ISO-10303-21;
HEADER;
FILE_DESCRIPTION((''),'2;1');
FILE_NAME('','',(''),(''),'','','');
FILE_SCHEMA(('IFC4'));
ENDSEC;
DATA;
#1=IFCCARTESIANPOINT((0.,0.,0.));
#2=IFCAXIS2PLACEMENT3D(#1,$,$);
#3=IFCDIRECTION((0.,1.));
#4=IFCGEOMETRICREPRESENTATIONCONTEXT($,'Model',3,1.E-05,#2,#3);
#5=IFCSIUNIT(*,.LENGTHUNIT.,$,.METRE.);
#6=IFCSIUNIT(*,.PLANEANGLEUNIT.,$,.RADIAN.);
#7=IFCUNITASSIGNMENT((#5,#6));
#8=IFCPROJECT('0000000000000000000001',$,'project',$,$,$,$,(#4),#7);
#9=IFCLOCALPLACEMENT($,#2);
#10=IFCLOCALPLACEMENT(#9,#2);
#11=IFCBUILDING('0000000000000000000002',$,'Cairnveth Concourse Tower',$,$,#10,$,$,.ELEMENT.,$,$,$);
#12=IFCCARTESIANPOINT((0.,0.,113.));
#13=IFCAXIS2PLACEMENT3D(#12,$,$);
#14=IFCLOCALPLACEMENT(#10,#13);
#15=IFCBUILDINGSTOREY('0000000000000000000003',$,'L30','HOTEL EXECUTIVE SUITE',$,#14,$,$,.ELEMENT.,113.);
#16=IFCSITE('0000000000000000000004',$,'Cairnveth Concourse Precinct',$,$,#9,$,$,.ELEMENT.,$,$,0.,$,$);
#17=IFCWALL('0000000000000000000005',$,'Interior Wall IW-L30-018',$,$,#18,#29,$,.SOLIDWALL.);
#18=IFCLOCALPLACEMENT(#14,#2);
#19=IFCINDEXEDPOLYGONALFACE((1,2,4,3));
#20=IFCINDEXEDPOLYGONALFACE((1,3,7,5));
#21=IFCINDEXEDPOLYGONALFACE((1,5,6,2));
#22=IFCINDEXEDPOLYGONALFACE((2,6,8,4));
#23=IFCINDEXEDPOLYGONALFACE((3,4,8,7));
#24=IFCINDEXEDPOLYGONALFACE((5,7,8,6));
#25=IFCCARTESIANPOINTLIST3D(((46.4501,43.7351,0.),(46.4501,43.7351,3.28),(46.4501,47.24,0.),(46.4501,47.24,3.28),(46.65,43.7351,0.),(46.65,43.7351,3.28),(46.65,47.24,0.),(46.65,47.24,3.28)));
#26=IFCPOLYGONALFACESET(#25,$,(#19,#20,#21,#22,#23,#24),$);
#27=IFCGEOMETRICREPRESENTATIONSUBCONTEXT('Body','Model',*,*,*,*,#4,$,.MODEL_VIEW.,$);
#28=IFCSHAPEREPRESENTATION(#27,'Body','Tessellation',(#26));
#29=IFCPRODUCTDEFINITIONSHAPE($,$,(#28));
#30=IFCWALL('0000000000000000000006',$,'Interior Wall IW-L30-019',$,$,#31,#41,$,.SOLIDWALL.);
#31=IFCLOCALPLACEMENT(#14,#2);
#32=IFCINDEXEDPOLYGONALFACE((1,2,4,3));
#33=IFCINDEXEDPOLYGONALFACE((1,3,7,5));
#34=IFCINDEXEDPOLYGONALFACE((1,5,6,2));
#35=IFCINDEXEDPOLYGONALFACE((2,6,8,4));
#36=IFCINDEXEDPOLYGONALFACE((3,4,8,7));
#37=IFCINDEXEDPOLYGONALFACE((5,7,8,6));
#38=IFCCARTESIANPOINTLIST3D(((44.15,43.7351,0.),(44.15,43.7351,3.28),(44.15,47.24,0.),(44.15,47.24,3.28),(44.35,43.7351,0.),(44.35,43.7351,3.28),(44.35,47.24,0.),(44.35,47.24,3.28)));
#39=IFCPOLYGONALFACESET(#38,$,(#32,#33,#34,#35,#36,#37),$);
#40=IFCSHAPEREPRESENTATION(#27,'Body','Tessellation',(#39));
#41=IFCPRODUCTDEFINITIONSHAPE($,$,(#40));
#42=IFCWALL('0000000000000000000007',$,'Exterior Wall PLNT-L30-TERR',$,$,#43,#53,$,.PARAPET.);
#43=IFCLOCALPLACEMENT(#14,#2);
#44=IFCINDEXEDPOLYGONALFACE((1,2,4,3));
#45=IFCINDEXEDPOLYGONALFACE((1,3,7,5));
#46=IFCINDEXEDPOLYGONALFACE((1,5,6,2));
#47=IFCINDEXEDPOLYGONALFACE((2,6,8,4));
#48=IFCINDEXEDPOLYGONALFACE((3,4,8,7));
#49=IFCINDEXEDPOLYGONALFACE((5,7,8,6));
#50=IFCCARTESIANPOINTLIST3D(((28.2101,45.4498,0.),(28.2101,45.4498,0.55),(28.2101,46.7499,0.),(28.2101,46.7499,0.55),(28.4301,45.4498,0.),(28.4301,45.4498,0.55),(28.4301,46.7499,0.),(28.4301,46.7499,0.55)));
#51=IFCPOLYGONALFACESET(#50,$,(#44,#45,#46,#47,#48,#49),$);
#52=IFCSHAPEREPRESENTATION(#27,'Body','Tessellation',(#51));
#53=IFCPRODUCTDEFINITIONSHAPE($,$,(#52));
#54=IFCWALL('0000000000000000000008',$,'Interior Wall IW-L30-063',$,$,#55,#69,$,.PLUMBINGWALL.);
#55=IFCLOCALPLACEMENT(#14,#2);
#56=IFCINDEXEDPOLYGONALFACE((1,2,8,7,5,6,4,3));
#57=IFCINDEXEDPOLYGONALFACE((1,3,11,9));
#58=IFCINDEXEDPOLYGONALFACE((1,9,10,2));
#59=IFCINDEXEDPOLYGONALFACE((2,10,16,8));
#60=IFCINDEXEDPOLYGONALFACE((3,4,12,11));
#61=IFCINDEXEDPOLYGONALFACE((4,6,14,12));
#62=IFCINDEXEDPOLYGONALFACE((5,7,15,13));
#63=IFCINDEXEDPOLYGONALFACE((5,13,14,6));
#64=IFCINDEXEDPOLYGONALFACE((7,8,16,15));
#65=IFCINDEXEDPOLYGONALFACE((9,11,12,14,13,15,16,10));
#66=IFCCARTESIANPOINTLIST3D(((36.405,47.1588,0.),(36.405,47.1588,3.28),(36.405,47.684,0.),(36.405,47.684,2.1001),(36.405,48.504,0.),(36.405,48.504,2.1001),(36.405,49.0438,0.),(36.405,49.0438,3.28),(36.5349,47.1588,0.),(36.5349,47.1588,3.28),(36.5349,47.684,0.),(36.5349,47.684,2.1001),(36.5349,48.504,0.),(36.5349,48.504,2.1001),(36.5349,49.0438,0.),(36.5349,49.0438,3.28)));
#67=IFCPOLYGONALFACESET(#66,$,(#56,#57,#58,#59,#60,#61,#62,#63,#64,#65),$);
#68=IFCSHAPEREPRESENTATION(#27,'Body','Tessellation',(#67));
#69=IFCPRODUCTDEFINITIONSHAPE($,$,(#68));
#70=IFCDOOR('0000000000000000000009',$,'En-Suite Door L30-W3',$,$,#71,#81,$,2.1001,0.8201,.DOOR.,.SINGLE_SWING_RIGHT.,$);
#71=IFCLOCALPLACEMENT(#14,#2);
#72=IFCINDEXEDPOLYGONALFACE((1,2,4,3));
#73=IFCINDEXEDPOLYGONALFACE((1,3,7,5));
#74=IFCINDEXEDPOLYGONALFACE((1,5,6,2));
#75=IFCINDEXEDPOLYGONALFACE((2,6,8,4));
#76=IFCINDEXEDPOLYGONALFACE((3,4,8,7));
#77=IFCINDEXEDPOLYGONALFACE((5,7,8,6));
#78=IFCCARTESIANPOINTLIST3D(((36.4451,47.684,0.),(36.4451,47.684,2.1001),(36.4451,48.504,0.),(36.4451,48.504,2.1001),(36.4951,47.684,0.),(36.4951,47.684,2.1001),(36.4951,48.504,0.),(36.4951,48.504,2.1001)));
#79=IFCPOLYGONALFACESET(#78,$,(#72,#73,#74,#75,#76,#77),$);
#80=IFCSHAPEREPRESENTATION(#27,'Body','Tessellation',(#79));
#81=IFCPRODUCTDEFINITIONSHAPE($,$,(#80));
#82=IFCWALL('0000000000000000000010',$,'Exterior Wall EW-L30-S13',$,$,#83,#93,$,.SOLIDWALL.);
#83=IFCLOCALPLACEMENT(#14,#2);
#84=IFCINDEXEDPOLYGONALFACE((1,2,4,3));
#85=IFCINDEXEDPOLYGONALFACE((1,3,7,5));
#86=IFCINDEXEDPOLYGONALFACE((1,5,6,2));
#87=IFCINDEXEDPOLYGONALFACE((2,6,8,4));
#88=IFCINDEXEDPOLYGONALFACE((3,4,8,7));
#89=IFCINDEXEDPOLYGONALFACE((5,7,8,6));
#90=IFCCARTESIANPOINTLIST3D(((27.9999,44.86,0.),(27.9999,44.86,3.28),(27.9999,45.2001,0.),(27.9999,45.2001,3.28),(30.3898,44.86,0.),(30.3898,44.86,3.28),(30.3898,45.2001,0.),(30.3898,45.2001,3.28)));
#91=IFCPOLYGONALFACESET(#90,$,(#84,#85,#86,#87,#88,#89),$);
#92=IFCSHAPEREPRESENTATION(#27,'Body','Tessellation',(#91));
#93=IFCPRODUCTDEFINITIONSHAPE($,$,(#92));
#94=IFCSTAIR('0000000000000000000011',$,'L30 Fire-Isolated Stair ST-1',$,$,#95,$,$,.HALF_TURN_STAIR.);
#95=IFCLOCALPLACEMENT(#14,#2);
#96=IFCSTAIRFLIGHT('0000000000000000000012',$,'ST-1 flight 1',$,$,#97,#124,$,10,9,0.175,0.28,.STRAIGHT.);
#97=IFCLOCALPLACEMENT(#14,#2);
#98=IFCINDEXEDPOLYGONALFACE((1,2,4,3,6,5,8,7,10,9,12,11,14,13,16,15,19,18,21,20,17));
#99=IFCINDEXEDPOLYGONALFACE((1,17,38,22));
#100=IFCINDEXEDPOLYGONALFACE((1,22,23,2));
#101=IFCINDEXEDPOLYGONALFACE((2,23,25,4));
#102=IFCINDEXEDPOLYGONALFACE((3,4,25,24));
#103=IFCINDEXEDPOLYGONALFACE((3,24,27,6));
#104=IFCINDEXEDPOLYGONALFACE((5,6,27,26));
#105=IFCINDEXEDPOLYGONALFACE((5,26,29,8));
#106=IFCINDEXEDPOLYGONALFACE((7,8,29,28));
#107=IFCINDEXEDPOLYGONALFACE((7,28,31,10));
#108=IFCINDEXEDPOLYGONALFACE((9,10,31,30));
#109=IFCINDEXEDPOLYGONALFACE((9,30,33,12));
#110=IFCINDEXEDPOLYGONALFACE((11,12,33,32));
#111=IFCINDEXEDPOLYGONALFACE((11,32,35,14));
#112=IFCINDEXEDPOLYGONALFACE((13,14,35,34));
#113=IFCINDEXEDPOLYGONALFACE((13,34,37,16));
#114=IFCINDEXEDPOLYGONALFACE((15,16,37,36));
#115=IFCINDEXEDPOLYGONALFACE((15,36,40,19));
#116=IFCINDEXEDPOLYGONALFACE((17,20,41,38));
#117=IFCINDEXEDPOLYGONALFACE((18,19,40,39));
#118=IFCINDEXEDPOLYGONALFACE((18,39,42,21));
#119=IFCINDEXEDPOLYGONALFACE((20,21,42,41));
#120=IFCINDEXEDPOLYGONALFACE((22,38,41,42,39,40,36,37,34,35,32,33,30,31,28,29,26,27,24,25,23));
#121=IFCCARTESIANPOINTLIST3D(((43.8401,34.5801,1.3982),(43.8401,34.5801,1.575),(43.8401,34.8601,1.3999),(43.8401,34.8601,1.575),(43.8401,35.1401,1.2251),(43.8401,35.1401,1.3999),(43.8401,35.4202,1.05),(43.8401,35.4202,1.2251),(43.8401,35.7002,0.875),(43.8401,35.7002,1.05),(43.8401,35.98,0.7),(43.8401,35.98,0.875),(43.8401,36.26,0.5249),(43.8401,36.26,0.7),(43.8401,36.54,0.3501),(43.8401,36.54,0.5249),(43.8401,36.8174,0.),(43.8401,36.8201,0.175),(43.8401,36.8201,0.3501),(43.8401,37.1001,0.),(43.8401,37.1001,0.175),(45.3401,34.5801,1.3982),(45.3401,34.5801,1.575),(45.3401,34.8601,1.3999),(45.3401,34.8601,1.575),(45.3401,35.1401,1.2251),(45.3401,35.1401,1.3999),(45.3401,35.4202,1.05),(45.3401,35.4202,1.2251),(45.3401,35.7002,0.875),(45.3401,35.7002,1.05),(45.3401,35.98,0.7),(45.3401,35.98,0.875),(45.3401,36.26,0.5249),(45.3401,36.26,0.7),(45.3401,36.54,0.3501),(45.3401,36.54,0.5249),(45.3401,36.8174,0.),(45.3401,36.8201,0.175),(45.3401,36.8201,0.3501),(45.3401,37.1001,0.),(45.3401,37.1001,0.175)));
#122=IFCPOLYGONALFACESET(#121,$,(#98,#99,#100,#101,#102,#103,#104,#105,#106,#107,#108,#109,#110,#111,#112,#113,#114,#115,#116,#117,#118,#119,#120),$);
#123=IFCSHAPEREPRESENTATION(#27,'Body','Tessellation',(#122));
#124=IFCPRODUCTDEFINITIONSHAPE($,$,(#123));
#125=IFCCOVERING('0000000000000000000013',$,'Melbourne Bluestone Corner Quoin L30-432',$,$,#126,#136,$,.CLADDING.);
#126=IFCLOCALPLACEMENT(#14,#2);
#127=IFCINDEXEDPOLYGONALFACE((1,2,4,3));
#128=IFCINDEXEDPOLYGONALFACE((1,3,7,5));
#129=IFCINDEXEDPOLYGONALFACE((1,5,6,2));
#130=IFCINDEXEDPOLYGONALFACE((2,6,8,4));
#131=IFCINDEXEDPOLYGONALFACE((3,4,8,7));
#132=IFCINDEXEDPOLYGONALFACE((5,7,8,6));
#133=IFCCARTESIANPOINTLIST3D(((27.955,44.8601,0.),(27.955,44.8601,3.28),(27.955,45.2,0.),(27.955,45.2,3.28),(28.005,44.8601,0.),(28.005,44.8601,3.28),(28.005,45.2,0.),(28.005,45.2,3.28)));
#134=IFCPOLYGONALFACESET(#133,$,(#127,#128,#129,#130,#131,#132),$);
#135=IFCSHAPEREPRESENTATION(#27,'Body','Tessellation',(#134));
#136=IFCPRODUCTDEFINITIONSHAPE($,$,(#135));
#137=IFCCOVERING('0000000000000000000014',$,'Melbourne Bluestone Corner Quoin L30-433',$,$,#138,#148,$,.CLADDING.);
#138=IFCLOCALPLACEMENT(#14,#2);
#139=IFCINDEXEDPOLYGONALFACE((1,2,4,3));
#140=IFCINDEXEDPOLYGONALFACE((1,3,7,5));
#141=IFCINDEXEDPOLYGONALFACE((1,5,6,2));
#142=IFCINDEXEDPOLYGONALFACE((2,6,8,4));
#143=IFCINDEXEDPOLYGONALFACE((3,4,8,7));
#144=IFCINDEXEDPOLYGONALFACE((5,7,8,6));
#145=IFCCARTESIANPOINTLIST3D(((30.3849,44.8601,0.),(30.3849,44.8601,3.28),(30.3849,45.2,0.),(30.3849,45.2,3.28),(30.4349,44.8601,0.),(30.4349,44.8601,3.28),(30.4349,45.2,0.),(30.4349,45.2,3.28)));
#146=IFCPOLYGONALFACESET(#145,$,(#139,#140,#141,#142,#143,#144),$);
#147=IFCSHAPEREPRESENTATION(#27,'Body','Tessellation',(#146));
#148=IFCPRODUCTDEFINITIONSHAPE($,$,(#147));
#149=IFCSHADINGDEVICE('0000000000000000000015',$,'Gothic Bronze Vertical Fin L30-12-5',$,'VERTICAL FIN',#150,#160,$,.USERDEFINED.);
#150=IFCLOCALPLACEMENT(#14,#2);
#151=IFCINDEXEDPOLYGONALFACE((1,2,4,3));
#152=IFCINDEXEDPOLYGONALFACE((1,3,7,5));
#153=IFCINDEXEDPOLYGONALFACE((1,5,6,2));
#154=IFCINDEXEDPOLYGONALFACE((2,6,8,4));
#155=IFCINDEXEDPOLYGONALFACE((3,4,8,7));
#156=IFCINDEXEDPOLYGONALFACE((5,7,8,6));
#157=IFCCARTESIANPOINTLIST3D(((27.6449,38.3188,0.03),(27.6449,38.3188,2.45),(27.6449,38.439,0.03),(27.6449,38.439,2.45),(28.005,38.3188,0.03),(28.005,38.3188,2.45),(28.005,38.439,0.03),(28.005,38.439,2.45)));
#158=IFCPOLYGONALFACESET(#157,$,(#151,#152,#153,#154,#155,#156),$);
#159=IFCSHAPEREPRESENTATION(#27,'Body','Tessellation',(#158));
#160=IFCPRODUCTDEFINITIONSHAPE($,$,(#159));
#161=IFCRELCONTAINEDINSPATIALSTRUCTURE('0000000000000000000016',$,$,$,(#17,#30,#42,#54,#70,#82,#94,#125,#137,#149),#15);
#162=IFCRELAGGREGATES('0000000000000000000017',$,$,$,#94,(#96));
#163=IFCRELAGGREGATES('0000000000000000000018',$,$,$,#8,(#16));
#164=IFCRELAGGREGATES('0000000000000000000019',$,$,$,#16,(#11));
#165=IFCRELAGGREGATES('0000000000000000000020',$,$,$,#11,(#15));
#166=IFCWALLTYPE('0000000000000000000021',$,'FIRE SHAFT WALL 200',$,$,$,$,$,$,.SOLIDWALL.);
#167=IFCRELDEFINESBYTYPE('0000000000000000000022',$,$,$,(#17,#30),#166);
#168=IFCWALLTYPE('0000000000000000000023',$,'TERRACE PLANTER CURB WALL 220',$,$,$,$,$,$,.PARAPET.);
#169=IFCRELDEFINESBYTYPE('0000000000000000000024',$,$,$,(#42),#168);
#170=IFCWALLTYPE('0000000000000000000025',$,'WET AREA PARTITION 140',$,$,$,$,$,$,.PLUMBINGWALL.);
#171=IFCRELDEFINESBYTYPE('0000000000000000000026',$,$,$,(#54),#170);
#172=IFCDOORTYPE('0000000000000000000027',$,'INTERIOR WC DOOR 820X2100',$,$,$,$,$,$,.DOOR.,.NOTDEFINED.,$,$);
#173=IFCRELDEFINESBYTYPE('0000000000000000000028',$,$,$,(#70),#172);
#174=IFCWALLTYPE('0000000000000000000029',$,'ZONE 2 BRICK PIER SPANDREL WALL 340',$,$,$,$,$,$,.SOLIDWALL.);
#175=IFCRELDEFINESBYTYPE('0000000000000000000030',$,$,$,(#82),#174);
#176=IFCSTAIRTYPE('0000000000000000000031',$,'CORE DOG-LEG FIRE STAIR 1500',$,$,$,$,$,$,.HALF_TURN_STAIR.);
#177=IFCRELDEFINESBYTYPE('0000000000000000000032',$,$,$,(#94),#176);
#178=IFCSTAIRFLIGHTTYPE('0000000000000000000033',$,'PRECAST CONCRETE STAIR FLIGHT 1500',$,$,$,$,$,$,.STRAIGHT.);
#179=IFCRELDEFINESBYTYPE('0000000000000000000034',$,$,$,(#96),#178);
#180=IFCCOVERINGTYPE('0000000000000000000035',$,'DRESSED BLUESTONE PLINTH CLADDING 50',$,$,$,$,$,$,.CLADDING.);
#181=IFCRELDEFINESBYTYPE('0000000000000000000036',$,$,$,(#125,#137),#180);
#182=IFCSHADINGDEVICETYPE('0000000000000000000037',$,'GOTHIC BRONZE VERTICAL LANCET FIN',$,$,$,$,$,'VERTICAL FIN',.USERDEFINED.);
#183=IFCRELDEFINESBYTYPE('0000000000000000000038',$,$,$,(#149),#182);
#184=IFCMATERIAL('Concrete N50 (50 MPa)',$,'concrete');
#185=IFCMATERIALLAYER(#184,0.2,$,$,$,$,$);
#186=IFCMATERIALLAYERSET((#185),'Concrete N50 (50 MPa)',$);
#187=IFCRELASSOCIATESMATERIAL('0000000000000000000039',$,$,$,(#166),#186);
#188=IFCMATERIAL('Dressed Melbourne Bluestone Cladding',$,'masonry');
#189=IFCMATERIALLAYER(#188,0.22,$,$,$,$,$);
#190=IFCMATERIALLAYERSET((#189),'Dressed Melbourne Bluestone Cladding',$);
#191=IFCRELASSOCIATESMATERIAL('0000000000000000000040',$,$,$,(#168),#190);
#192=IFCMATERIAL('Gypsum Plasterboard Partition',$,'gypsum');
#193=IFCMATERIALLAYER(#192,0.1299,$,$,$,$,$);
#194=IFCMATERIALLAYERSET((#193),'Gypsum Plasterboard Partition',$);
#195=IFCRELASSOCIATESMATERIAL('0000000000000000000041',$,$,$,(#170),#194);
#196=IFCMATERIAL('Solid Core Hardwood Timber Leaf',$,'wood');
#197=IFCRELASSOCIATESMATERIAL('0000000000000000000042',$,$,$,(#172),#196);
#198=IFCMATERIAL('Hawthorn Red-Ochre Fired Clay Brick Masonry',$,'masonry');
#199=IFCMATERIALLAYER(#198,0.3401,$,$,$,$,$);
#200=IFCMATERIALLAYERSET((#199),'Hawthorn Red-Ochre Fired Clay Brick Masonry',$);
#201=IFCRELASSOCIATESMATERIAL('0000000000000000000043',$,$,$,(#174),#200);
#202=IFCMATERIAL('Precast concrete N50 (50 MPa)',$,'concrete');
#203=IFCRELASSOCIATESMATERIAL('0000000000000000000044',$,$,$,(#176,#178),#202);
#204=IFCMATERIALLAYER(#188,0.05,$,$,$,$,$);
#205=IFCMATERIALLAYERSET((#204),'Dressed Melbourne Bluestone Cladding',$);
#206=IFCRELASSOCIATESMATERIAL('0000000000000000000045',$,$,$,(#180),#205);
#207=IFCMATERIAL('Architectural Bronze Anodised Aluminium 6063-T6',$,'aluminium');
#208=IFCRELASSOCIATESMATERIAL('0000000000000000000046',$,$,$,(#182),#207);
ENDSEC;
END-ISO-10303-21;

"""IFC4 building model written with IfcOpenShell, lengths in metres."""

from ifc_helpers import new_model, si_unit, direction, frame, frame_2d, origin, origin_2d, place, context, subcontext, project, spatial, polyline, rectangle, outline, extrude, material, layer, layer_set, type_object, element, fill, aggregate, save


model = new_model("IFC4")

# Units and contexts
model_context = context("Model", 3, precision=1e-05, world=origin(), true_north=direction((0.0, 1.0)))
body_context = subcontext(model_context, "Body", "Model", "MODEL_VIEW")
ifc_project = project(units=[si_unit("LENGTHUNIT", "METRE"), si_unit("PLANEANGLEUNIT", "RADIAN")], contexts=[model_context])

# Site, building, storey
site_placement = place(None, origin())
site = spatial("IfcSite", under=ifc_project, at=site_placement, Name="Cairnveth Concourse Precinct", CompositionType="ELEMENT", RefElevation=0.0)
building_placement = place(site_placement, origin())
building = spatial("IfcBuilding", under=site, at=building_placement, Name="Cairnveth Concourse Tower", CompositionType="ELEMENT")
storey_placement = place(building_placement, frame((0.0, 0.0, 113.0)))
storey = spatial("IfcBuildingStorey", under=building, at=storey_placement, Name="L30", Description="HOTEL EXECUTIVE SUITE", CompositionType="ELEMENT", Elevation=113.0)

# Shared definitions
ifc_material_1 = material(Name="Gypsum Plasterboard Partition", Category="gypsum")

# Shared definitions
ifc_material_2 = material(Name="Concrete N50 (50 MPa)", Category="concrete")

# Shared definitions
ifc_layer_1 = layer(ifc_material_2, 0.2)
ifc_layer_set_1 = layer_set([ifc_layer_1], Name="Concrete N50 (50 MPa)")
wall_type_1 = type_object("IfcWallType", Name="FIRE SHAFT WALL 200", PredefinedType="SOLIDWALL", material=ifc_layer_set_1)
ifc_material_3 = material(Name="Architectural Bronze Anodised Aluminium 6063-T6", Category="aluminium")

# Walls
for number, where, z_axis, x_axis, name in (
    (1, (46.55, 43.7351, 0.0), (0.0, 0.0, 1.0), (0.0, 1.0, 0.0), "Interior Wall IW-L30-018"),
    (2, (44.25, 43.7351, 0.0), (0.0, 0.0, 1.0), (0.0, 1.0, 0.0), "Interior Wall IW-L30-019"),
):
    element("IfcWall", number, at=place(storey_placement, frame(where, z_axis=z_axis, x_axis=x_axis)), inside=storey, type_object=wall_type_1, Name=name, PredefinedType="SOLIDWALL", context=body_context, shape_type="SweptSolid", body=[
        extrude(rectangle(XDim=3.5049, YDim=0.2, at=frame_2d((1.7524, 0.0))), origin(), (0.0, 0.0, 1.0), 3.28),
    ])
ifc_material_4 = material(Name="Dressed Melbourne Bluestone Cladding", Category="masonry")
ifc_layer_2 = layer(ifc_material_4, 0.22)
ifc_layer_set_2 = layer_set([ifc_layer_2], Name="Dressed Melbourne Bluestone Cladding")
wall_type_2 = type_object("IfcWallType", Name="TERRACE PLANTER CURB WALL 220", PredefinedType="PARAPET", material=ifc_layer_set_2)
wall_1_placement = place(storey_placement, frame((28.3201, 45.45, 0.0), z_axis=(0.0, 0.0, 1.0), x_axis=(0.0, 1.0, 0.0)))
element("IfcWall", 3, at=wall_1_placement, inside=storey, type_object=wall_type_2, Name="Exterior Wall PLNT-L30-TERR", PredefinedType="PARAPET", context=body_context, shape_type="SweptSolid", body=[
    extrude(rectangle(XDim=1.3, YDim=0.22, at=frame_2d((0.6499, 0.0))), origin(), (0.0, 0.0, 1.0), 0.55),
])

# Wall, opening, door
ifc_layer_3 = layer(ifc_material_1, 0.1299)
ifc_layer_set_3 = layer_set([ifc_layer_3], Name="Gypsum Plasterboard Partition")
wall_type_3 = type_object("IfcWallType", Name="WET AREA PARTITION 140", PredefinedType="PLUMBINGWALL", material=ifc_layer_set_3)
wall_2_placement = place(storey_placement, frame((36.47, 47.1589, 0.0), z_axis=(0.0, 0.0, 1.0), x_axis=(0.0, 1.0, 0.0)))
wall_2 = element("IfcWall", 4, at=wall_2_placement, inside=storey, type_object=wall_type_3, Name="Interior Wall IW-L30-063", PredefinedType="PLUMBINGWALL", context=body_context, shape_type="SweptSolid", body=[
    extrude(rectangle(XDim=1.885, YDim=0.1299, at=frame_2d((0.9424, 0.0))), origin(), (0.0, 0.0, 1.0), 3.28),
])
opening_1_placement = place(wall_2_placement, frame((0.5249, 0.0, 0.0)))
opening_1 = element("IfcOpeningElement", 5, at=opening_1_placement, cuts=wall_2, PredefinedType="OPENING", context=body_context, shape_type="SweptSolid", body=[
    extrude(rectangle(XDim=0.8201, YDim=2.1001, at=frame_2d((0.4102, 1.05))), frame((0.0, 0.075, 0.0), z_axis=(0.0, -1.0, 0.0), x_axis=(1.0, 0.0, 0.0)), (0.0, 0.0, 1.0), 0.1499),
])
ifc_material_5 = material(Name="Solid Core Hardwood Timber Leaf", Category="wood")
door_type_1 = type_object("IfcDoorType", Name="INTERIOR WC DOOR 820X2100", OperationType="NOTDEFINED", PredefinedType="DOOR", material=ifc_material_5)
door_1_placement = place(opening_1_placement, origin())
door_1 = element("IfcDoor", 6, at=door_1_placement, inside=storey, type_object=door_type_1, Name="En-Suite Door L30-W3", OperationType="SINGLE_SWING_RIGHT", OverallHeight=2.1001, OverallWidth=0.8201, PredefinedType="DOOR", context=body_context, shape_type="SweptSolid", body=[
    extrude(rectangle(XDim=0.8201, YDim=2.1001, at=frame_2d((0.4102, 1.05))), frame((0.0, 0.0249, 0.0), z_axis=(0.0, -1.0, 0.0), x_axis=(1.0, 0.0, 0.0)), (0.0, 0.0, 1.0), 0.05),
])
fill(opening_1, door_1)

# Wall
ifc_material_6 = material(Name="Hawthorn Red-Ochre Fired Clay Brick Masonry", Category="masonry")
ifc_layer_4 = layer(ifc_material_6, 0.3401)
ifc_layer_set_4 = layer_set([ifc_layer_4], Name="Hawthorn Red-Ochre Fired Clay Brick Masonry")
wall_type_4 = type_object("IfcWallType", Name="ZONE 2 BRICK PIER SPANDREL WALL 340", PredefinedType="SOLIDWALL", material=ifc_layer_set_4)
wall_3_placement = place(storey_placement, frame((28.0, 45.03, 0.0), z_axis=(0.0, 0.0, 1.0), x_axis=(1.0, 0.0, 0.0)))
element("IfcWall", 7, at=wall_3_placement, inside=storey, type_object=wall_type_4, Name="Exterior Wall EW-L30-S13", PredefinedType="SOLIDWALL", context=body_context, shape_type="SweptSolid", body=[
    extrude(rectangle(XDim=2.3899, YDim=0.3401, at=frame_2d((1.1948, 0.0))), origin(), (0.0, 0.0, 1.0), 3.28),
])

# Stair, stair flight
ifc_material_7 = material(Name="Precast concrete N50 (50 MPa)", Category="concrete")
stair_type = type_object("IfcStairType", Name="CORE DOG-LEG FIRE STAIR 1500", PredefinedType="HALF_TURN_STAIR", material=ifc_material_7)
stair_placement = place(storey_placement, origin())
stair = element("IfcStair", 8, at=stair_placement, inside=storey, type_object=stair_type, Name="L30 Fire-Isolated Stair ST-1", PredefinedType="HALF_TURN_STAIR")
stair_flight_type = type_object("IfcStairFlightType", Name="PRECAST CONCRETE STAIR FLIGHT 1500", PredefinedType="STRAIGHT", material=ifc_material_7)
stair_flight_placement = place(storey_placement, frame((44.5901, 37.1001, 0.0), z_axis=(0.0, 0.0, 1.0), x_axis=(0.0, -1.0, 0.0)))
stair_flight = element("IfcStairFlight", 9, at=stair_flight_placement, type_object=stair_flight_type, Name="ST-1 flight 1", NumberOfRisers=10, NumberOfTreads=9, PredefinedType="STRAIGHT", RiserHeight=0.175, TreadLength=0.28, context=body_context, shape_type="SweptSolid", body=[
    extrude(outline(polyline([(0.0, 0.0), (0.0, 0.175), (0.28, 0.175), (0.28, 0.3501), (0.5601, 0.3501), (0.5601, 0.5249), (0.8401, 0.5249), (0.8401, 0.7), (1.1201, 0.7), (1.1201, 0.875), (1.3999, 0.875), (1.3999, 1.05), (1.6799, 1.05), (1.6799, 1.2251), (1.96, 1.2251), (1.96, 1.3999), (2.24, 1.3999), (2.24, 1.575), (2.52, 1.575), (2.52, 1.75), (2.52, 1.3982), (0.2827, 0.0), (0.0, 0.0)])), frame((0.0, 0.75, 0.0), z_axis=(0.0, -1.0, 0.0), x_axis=(1.0, 0.0, 0.0)), (0.0, 0.0, 1.0), 1.5),
])
aggregate(stair, [stair_flight])

# Coverings
ifc_layer_5 = layer(ifc_material_4, 0.05)
ifc_layer_set_5 = layer_set([ifc_layer_5], Name="Dressed Melbourne Bluestone Cladding")
covering_type = type_object("IfcCoveringType", Name="DRESSED BLUESTONE PLINTH CLADDING 50", PredefinedType="CLADDING", material=ifc_layer_set_5)
for number, where, z_axis, x_axis, name in (
    (10, (27.98, 44.8601, 0.0), (0.0, 0.0, 1.0), (0.0, 1.0, 0.0), "Melbourne Bluestone Corner Quoin L30-432"),
    (11, (30.4099, 44.8601, 0.0), (0.0, 0.0, 1.0), (0.0, 1.0, 0.0), "Melbourne Bluestone Corner Quoin L30-433"),
):
    element("IfcCovering", number, at=place(storey_placement, frame(where, z_axis=z_axis, x_axis=x_axis)), inside=storey, type_object=covering_type, Name=name, PredefinedType="CLADDING", context=body_context, shape_type="SweptSolid", body=[
        extrude(rectangle(XDim=0.3398, YDim=0.05, at=frame_2d((0.1699, 0.0))), origin(), (0.0, 0.0, 1.0), 3.28),
    ])

# Shading device
shading_device_type = type_object("IfcShadingDeviceType", Name="GOTHIC BRONZE VERTICAL LANCET FIN", ElementType="VERTICAL FIN", PredefinedType="USERDEFINED", material=ifc_material_3)
shading_device_placement = place(storey_placement, frame((27.825, 38.3789, 0.03), z_axis=(0.0, 0.0, 1.0), x_axis=(0.0, 1.0, 0.0)))
element("IfcShadingDevice", 12, at=shading_device_placement, inside=storey, type_object=shading_device_type, Name="Gothic Bronze Vertical Fin L30-12-5", ObjectType="VERTICAL FIN", PredefinedType="USERDEFINED", context=body_context, shape_type="SweptSolid", body=[
    extrude(rectangle(XDim=0.1201, YDim=0.3601, at=origin_2d()), origin(), (0.0, 0.0, 1.0), 2.4199),
])

save(model, "model.ifc")
